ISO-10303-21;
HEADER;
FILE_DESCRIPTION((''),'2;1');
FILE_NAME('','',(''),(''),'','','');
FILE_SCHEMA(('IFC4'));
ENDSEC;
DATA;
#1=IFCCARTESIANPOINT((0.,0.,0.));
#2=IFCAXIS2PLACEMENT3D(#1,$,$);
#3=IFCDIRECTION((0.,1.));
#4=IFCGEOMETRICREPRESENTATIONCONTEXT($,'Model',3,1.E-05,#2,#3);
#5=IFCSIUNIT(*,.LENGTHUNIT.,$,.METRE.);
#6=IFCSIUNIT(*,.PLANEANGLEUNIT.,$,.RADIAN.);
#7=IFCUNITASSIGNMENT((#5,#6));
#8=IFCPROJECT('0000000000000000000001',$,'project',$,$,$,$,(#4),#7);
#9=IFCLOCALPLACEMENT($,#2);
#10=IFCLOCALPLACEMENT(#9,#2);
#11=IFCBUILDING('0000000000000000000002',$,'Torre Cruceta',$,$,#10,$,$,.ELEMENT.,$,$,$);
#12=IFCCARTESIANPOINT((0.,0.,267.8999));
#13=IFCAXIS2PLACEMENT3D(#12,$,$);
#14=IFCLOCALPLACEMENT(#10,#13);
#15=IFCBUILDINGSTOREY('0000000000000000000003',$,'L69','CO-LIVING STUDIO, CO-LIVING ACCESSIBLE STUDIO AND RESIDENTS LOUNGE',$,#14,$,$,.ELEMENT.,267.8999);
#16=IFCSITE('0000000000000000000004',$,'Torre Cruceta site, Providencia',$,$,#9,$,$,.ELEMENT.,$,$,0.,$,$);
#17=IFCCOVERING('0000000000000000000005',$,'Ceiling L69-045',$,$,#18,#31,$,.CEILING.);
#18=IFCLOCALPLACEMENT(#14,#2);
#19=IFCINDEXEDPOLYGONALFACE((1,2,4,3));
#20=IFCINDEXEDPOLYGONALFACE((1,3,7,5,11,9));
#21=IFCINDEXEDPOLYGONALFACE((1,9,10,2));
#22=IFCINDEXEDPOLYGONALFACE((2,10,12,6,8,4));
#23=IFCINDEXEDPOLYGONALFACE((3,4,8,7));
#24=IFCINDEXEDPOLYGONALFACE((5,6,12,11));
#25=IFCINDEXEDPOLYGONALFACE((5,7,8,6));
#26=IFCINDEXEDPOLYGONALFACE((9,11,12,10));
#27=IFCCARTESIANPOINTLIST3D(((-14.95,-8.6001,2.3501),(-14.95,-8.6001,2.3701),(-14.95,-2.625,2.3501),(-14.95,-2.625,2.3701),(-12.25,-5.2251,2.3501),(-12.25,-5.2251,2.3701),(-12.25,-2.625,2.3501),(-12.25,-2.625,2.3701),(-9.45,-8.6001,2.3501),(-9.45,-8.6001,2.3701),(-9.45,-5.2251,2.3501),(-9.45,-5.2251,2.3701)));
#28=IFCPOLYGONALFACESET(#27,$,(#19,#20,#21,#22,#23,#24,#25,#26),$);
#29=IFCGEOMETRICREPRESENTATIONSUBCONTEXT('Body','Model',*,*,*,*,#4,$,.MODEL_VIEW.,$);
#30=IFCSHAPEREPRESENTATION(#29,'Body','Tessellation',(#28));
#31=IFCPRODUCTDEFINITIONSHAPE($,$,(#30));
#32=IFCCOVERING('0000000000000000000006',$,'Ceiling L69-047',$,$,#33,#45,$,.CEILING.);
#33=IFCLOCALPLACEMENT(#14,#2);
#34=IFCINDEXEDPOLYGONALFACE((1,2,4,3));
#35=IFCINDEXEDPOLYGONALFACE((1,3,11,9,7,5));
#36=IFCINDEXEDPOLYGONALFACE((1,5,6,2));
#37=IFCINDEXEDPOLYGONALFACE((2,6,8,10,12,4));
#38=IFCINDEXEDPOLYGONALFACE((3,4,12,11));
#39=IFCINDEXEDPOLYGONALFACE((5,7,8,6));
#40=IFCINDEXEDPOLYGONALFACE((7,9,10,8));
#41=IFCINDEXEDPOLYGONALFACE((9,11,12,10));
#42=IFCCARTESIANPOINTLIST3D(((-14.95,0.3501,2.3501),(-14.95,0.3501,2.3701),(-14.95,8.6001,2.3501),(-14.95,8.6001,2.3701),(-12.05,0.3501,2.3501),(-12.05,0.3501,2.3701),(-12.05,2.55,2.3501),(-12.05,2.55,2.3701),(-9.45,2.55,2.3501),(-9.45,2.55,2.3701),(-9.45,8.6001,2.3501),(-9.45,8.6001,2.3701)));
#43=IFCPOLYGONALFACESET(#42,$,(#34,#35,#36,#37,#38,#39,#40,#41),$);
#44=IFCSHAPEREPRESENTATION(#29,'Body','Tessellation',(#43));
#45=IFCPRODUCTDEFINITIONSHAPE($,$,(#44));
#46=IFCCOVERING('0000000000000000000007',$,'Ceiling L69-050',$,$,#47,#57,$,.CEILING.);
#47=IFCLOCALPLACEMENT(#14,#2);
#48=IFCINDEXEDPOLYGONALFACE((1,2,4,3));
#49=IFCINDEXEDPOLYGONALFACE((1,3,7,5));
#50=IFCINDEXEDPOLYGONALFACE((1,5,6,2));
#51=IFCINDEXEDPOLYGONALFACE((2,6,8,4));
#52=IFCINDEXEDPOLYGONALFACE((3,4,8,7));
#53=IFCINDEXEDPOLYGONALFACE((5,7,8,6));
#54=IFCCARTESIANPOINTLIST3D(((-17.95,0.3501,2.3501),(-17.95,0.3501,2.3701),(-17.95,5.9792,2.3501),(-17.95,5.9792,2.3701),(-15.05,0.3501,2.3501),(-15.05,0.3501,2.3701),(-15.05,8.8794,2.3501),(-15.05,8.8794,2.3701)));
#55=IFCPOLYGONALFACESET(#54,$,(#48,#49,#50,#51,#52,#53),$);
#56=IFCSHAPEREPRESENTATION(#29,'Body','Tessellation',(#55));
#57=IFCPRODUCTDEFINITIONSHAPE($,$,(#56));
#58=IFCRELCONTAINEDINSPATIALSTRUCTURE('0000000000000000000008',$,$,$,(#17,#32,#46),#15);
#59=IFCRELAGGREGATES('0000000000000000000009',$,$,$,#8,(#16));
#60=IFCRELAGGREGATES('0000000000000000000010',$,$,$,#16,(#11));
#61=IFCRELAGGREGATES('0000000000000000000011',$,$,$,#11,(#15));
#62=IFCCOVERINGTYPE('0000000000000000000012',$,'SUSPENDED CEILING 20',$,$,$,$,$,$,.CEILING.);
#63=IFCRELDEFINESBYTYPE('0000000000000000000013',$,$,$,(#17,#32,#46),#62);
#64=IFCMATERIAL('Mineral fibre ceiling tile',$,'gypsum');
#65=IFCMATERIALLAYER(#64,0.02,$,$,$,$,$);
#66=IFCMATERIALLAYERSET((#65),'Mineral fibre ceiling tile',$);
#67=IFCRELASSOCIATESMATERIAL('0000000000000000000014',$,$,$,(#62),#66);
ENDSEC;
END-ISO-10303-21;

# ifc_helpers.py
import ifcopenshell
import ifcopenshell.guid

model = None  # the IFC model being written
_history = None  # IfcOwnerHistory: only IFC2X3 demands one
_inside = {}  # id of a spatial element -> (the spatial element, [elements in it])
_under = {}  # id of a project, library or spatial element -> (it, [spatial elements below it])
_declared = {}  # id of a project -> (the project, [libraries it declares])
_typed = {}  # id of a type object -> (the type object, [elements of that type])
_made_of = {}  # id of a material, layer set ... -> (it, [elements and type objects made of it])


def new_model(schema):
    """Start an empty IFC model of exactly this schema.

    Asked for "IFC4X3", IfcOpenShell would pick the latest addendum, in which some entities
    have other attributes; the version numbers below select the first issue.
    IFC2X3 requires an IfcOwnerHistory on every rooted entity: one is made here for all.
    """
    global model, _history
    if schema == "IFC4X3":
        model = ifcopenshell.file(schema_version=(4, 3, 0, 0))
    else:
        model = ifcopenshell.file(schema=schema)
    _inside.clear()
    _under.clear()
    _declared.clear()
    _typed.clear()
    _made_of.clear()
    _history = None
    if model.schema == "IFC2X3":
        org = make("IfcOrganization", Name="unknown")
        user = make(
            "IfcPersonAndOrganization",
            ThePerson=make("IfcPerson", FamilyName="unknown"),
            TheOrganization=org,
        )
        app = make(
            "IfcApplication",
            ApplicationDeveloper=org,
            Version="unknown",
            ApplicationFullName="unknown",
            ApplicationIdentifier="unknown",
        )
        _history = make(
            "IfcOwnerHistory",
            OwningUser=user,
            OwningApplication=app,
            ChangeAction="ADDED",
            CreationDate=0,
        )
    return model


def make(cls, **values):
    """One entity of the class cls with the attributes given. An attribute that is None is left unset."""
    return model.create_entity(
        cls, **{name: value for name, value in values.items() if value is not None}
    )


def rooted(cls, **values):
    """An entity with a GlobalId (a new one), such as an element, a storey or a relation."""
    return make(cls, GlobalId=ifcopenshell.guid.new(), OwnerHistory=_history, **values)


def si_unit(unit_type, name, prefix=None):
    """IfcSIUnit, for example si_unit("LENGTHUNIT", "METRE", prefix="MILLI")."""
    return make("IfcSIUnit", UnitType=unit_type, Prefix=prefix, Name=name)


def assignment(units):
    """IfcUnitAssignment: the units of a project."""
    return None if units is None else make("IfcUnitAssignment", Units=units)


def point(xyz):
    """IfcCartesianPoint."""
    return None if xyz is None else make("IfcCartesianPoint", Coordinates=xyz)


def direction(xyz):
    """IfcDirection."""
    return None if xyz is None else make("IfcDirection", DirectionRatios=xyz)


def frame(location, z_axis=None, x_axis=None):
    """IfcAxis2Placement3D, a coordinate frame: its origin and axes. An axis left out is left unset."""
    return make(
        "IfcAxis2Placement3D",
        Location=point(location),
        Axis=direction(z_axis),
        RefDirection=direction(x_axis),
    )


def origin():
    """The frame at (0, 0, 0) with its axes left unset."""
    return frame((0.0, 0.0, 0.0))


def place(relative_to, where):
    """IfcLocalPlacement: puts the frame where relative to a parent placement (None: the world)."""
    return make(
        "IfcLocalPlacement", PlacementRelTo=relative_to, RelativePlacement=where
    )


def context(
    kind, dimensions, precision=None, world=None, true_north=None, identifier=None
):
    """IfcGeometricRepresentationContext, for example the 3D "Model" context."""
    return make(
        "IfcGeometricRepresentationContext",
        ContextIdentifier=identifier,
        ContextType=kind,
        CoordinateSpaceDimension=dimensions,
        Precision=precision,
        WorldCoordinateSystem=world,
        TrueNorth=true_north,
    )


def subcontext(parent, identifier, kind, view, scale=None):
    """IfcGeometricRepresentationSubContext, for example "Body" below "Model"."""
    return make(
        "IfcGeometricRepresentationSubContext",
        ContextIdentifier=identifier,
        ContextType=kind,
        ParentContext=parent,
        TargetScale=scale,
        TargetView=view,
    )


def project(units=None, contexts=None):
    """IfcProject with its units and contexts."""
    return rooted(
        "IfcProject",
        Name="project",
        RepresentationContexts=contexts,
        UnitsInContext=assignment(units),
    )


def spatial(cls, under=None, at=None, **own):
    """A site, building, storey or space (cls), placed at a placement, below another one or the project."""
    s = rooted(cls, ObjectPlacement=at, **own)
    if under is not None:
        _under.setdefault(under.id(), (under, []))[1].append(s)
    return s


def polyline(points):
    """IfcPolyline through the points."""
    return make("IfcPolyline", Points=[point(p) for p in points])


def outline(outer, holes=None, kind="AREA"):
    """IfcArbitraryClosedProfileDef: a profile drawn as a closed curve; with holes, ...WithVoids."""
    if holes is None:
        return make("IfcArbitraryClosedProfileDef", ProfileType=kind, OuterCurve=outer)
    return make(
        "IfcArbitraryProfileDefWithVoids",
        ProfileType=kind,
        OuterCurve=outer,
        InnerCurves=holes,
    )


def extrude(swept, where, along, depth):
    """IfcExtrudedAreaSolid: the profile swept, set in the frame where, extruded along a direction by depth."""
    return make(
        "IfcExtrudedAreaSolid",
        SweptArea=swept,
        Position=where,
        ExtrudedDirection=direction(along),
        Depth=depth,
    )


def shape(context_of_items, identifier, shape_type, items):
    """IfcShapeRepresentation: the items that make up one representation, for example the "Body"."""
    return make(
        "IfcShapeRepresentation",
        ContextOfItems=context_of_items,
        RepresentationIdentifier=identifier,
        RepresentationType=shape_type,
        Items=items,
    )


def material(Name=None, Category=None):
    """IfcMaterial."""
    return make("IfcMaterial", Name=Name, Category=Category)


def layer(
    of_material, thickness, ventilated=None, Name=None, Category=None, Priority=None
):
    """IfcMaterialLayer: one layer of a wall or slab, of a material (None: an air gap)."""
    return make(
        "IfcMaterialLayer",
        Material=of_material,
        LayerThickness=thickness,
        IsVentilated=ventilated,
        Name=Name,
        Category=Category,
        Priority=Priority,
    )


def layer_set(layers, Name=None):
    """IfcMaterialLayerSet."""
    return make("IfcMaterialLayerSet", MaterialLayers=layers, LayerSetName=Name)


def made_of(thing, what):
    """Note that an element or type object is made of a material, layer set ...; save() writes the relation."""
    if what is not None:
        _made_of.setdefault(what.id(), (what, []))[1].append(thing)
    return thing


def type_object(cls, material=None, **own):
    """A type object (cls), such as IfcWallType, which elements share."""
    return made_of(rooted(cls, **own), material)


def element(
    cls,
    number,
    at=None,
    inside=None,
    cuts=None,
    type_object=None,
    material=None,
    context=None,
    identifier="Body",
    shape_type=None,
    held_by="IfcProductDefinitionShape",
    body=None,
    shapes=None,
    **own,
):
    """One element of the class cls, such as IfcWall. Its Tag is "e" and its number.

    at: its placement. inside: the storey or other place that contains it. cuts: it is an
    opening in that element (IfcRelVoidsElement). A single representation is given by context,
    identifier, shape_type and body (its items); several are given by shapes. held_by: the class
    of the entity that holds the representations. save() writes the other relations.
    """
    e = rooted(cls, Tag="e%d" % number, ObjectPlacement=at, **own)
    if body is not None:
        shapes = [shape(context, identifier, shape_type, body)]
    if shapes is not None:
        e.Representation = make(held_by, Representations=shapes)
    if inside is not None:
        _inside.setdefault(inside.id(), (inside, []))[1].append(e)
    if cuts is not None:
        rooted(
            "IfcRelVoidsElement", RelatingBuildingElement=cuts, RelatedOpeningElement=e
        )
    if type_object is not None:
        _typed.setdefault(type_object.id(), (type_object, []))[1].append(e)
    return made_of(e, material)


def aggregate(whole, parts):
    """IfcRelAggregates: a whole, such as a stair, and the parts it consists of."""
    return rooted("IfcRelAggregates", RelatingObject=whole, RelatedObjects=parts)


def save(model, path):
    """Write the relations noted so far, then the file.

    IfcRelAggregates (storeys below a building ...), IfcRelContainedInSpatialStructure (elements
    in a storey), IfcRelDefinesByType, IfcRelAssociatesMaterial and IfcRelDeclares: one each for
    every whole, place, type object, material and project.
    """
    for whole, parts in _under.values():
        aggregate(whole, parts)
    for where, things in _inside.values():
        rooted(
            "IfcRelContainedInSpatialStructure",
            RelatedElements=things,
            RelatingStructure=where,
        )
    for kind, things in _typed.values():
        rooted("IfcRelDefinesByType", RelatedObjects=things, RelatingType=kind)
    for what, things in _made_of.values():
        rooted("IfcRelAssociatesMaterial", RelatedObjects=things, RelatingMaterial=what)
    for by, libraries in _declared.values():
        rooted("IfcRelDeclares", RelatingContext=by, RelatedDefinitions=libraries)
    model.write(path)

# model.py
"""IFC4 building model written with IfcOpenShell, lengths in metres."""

from ifc_helpers import new_model, si_unit, direction, frame, origin, place, context, subcontext, project, spatial, polyline, outline, extrude, material, layer, layer_set, type_object, element, save


model = new_model("IFC4")

# Units and contexts
model_context = context("Model", 3, precision=1e-05, world=origin(), true_north=direction((0.0, 1.0)))
body_context = subcontext(model_context, "Body", "Model", "MODEL_VIEW")
ifc_project = project(units=[si_unit("LENGTHUNIT", "METRE"), si_unit("PLANEANGLEUNIT", "RADIAN")], contexts=[model_context])

# Site, building, storey
site_placement = place(None, origin())
site = spatial("IfcSite", under=ifc_project, at=site_placement, Name="Torre Cruceta site, Providencia", CompositionType="ELEMENT", RefElevation=0.0)
building_placement = place(site_placement, origin())
building = spatial("IfcBuilding", under=site, at=building_placement, Name="Torre Cruceta", CompositionType="ELEMENT")
storey_placement = place(building_placement, frame((0.0, 0.0, 267.8999)))
storey = spatial("IfcBuildingStorey", under=building, at=storey_placement, Name="L69", Description="CO-LIVING STUDIO, CO-LIVING ACCESSIBLE STUDIO AND RESIDENTS LOUNGE", CompositionType="ELEMENT", Elevation=267.8999)

# Coverings
ifc_material_1 = material(Name="Mineral fibre ceiling tile", Category="gypsum")
ifc_layer_1 = layer(ifc_material_1, 0.02)
ifc_layer_set_1 = layer_set([ifc_layer_1], Name="Mineral fibre ceiling tile")
covering_type_1 = type_object("IfcCoveringType", Name="SUSPENDED CEILING 20", PredefinedType="CEILING", material=ifc_layer_set_1)
covering_1_placement = place(storey_placement, frame((0.0, 0.0, 2.3501)))
element("IfcCovering", 1, at=covering_1_placement, inside=storey, type_object=covering_type_1, Name="Ceiling L69-045", PredefinedType="CEILING", context=body_context, shape_type="SweptSolid", body=[
    extrude(outline(polyline([(-9.45, -8.6001), (-14.95, -8.6001), (-14.95, -2.625), (-12.25, -2.625), (-12.25, -5.2251), (-9.45, -5.2251), (-9.45, -8.6001)])), origin(), (0.0, 0.0, 1.0), 0.02),
])
covering_2_placement = place(storey_placement, frame((0.0, 0.0, 2.3501)))
element("IfcCovering", 2, at=covering_2_placement, inside=storey, type_object=covering_type_1, Name="Ceiling L69-047", PredefinedType="CEILING", context=body_context, shape_type="SweptSolid", body=[
    extrude(outline(polyline([(-14.95, 0.3501), (-14.95, 8.6001), (-9.45, 8.6001), (-9.45, 2.55), (-12.05, 2.55), (-12.05, 0.3501), (-14.95, 0.3501)])), origin(), (0.0, 0.0, 1.0), 0.02),
])
covering_3_placement = place(storey_placement, frame((0.0, 0.0, 2.3501)))
element("IfcCovering", 3, at=covering_3_placement, inside=storey, type_object=covering_type_1, Name="Ceiling L69-050", PredefinedType="CEILING", context=body_context, shape_type="SweptSolid", body=[
    extrude(outline(polyline([(-15.05, 8.8794), (-15.05, 0.3501), (-17.95, 0.3501), (-17.95, 5.9792), (-15.05, 8.8794)])), origin(), (0.0, 0.0, 1.0), 0.02),
])

save(model, "model.ifc")
